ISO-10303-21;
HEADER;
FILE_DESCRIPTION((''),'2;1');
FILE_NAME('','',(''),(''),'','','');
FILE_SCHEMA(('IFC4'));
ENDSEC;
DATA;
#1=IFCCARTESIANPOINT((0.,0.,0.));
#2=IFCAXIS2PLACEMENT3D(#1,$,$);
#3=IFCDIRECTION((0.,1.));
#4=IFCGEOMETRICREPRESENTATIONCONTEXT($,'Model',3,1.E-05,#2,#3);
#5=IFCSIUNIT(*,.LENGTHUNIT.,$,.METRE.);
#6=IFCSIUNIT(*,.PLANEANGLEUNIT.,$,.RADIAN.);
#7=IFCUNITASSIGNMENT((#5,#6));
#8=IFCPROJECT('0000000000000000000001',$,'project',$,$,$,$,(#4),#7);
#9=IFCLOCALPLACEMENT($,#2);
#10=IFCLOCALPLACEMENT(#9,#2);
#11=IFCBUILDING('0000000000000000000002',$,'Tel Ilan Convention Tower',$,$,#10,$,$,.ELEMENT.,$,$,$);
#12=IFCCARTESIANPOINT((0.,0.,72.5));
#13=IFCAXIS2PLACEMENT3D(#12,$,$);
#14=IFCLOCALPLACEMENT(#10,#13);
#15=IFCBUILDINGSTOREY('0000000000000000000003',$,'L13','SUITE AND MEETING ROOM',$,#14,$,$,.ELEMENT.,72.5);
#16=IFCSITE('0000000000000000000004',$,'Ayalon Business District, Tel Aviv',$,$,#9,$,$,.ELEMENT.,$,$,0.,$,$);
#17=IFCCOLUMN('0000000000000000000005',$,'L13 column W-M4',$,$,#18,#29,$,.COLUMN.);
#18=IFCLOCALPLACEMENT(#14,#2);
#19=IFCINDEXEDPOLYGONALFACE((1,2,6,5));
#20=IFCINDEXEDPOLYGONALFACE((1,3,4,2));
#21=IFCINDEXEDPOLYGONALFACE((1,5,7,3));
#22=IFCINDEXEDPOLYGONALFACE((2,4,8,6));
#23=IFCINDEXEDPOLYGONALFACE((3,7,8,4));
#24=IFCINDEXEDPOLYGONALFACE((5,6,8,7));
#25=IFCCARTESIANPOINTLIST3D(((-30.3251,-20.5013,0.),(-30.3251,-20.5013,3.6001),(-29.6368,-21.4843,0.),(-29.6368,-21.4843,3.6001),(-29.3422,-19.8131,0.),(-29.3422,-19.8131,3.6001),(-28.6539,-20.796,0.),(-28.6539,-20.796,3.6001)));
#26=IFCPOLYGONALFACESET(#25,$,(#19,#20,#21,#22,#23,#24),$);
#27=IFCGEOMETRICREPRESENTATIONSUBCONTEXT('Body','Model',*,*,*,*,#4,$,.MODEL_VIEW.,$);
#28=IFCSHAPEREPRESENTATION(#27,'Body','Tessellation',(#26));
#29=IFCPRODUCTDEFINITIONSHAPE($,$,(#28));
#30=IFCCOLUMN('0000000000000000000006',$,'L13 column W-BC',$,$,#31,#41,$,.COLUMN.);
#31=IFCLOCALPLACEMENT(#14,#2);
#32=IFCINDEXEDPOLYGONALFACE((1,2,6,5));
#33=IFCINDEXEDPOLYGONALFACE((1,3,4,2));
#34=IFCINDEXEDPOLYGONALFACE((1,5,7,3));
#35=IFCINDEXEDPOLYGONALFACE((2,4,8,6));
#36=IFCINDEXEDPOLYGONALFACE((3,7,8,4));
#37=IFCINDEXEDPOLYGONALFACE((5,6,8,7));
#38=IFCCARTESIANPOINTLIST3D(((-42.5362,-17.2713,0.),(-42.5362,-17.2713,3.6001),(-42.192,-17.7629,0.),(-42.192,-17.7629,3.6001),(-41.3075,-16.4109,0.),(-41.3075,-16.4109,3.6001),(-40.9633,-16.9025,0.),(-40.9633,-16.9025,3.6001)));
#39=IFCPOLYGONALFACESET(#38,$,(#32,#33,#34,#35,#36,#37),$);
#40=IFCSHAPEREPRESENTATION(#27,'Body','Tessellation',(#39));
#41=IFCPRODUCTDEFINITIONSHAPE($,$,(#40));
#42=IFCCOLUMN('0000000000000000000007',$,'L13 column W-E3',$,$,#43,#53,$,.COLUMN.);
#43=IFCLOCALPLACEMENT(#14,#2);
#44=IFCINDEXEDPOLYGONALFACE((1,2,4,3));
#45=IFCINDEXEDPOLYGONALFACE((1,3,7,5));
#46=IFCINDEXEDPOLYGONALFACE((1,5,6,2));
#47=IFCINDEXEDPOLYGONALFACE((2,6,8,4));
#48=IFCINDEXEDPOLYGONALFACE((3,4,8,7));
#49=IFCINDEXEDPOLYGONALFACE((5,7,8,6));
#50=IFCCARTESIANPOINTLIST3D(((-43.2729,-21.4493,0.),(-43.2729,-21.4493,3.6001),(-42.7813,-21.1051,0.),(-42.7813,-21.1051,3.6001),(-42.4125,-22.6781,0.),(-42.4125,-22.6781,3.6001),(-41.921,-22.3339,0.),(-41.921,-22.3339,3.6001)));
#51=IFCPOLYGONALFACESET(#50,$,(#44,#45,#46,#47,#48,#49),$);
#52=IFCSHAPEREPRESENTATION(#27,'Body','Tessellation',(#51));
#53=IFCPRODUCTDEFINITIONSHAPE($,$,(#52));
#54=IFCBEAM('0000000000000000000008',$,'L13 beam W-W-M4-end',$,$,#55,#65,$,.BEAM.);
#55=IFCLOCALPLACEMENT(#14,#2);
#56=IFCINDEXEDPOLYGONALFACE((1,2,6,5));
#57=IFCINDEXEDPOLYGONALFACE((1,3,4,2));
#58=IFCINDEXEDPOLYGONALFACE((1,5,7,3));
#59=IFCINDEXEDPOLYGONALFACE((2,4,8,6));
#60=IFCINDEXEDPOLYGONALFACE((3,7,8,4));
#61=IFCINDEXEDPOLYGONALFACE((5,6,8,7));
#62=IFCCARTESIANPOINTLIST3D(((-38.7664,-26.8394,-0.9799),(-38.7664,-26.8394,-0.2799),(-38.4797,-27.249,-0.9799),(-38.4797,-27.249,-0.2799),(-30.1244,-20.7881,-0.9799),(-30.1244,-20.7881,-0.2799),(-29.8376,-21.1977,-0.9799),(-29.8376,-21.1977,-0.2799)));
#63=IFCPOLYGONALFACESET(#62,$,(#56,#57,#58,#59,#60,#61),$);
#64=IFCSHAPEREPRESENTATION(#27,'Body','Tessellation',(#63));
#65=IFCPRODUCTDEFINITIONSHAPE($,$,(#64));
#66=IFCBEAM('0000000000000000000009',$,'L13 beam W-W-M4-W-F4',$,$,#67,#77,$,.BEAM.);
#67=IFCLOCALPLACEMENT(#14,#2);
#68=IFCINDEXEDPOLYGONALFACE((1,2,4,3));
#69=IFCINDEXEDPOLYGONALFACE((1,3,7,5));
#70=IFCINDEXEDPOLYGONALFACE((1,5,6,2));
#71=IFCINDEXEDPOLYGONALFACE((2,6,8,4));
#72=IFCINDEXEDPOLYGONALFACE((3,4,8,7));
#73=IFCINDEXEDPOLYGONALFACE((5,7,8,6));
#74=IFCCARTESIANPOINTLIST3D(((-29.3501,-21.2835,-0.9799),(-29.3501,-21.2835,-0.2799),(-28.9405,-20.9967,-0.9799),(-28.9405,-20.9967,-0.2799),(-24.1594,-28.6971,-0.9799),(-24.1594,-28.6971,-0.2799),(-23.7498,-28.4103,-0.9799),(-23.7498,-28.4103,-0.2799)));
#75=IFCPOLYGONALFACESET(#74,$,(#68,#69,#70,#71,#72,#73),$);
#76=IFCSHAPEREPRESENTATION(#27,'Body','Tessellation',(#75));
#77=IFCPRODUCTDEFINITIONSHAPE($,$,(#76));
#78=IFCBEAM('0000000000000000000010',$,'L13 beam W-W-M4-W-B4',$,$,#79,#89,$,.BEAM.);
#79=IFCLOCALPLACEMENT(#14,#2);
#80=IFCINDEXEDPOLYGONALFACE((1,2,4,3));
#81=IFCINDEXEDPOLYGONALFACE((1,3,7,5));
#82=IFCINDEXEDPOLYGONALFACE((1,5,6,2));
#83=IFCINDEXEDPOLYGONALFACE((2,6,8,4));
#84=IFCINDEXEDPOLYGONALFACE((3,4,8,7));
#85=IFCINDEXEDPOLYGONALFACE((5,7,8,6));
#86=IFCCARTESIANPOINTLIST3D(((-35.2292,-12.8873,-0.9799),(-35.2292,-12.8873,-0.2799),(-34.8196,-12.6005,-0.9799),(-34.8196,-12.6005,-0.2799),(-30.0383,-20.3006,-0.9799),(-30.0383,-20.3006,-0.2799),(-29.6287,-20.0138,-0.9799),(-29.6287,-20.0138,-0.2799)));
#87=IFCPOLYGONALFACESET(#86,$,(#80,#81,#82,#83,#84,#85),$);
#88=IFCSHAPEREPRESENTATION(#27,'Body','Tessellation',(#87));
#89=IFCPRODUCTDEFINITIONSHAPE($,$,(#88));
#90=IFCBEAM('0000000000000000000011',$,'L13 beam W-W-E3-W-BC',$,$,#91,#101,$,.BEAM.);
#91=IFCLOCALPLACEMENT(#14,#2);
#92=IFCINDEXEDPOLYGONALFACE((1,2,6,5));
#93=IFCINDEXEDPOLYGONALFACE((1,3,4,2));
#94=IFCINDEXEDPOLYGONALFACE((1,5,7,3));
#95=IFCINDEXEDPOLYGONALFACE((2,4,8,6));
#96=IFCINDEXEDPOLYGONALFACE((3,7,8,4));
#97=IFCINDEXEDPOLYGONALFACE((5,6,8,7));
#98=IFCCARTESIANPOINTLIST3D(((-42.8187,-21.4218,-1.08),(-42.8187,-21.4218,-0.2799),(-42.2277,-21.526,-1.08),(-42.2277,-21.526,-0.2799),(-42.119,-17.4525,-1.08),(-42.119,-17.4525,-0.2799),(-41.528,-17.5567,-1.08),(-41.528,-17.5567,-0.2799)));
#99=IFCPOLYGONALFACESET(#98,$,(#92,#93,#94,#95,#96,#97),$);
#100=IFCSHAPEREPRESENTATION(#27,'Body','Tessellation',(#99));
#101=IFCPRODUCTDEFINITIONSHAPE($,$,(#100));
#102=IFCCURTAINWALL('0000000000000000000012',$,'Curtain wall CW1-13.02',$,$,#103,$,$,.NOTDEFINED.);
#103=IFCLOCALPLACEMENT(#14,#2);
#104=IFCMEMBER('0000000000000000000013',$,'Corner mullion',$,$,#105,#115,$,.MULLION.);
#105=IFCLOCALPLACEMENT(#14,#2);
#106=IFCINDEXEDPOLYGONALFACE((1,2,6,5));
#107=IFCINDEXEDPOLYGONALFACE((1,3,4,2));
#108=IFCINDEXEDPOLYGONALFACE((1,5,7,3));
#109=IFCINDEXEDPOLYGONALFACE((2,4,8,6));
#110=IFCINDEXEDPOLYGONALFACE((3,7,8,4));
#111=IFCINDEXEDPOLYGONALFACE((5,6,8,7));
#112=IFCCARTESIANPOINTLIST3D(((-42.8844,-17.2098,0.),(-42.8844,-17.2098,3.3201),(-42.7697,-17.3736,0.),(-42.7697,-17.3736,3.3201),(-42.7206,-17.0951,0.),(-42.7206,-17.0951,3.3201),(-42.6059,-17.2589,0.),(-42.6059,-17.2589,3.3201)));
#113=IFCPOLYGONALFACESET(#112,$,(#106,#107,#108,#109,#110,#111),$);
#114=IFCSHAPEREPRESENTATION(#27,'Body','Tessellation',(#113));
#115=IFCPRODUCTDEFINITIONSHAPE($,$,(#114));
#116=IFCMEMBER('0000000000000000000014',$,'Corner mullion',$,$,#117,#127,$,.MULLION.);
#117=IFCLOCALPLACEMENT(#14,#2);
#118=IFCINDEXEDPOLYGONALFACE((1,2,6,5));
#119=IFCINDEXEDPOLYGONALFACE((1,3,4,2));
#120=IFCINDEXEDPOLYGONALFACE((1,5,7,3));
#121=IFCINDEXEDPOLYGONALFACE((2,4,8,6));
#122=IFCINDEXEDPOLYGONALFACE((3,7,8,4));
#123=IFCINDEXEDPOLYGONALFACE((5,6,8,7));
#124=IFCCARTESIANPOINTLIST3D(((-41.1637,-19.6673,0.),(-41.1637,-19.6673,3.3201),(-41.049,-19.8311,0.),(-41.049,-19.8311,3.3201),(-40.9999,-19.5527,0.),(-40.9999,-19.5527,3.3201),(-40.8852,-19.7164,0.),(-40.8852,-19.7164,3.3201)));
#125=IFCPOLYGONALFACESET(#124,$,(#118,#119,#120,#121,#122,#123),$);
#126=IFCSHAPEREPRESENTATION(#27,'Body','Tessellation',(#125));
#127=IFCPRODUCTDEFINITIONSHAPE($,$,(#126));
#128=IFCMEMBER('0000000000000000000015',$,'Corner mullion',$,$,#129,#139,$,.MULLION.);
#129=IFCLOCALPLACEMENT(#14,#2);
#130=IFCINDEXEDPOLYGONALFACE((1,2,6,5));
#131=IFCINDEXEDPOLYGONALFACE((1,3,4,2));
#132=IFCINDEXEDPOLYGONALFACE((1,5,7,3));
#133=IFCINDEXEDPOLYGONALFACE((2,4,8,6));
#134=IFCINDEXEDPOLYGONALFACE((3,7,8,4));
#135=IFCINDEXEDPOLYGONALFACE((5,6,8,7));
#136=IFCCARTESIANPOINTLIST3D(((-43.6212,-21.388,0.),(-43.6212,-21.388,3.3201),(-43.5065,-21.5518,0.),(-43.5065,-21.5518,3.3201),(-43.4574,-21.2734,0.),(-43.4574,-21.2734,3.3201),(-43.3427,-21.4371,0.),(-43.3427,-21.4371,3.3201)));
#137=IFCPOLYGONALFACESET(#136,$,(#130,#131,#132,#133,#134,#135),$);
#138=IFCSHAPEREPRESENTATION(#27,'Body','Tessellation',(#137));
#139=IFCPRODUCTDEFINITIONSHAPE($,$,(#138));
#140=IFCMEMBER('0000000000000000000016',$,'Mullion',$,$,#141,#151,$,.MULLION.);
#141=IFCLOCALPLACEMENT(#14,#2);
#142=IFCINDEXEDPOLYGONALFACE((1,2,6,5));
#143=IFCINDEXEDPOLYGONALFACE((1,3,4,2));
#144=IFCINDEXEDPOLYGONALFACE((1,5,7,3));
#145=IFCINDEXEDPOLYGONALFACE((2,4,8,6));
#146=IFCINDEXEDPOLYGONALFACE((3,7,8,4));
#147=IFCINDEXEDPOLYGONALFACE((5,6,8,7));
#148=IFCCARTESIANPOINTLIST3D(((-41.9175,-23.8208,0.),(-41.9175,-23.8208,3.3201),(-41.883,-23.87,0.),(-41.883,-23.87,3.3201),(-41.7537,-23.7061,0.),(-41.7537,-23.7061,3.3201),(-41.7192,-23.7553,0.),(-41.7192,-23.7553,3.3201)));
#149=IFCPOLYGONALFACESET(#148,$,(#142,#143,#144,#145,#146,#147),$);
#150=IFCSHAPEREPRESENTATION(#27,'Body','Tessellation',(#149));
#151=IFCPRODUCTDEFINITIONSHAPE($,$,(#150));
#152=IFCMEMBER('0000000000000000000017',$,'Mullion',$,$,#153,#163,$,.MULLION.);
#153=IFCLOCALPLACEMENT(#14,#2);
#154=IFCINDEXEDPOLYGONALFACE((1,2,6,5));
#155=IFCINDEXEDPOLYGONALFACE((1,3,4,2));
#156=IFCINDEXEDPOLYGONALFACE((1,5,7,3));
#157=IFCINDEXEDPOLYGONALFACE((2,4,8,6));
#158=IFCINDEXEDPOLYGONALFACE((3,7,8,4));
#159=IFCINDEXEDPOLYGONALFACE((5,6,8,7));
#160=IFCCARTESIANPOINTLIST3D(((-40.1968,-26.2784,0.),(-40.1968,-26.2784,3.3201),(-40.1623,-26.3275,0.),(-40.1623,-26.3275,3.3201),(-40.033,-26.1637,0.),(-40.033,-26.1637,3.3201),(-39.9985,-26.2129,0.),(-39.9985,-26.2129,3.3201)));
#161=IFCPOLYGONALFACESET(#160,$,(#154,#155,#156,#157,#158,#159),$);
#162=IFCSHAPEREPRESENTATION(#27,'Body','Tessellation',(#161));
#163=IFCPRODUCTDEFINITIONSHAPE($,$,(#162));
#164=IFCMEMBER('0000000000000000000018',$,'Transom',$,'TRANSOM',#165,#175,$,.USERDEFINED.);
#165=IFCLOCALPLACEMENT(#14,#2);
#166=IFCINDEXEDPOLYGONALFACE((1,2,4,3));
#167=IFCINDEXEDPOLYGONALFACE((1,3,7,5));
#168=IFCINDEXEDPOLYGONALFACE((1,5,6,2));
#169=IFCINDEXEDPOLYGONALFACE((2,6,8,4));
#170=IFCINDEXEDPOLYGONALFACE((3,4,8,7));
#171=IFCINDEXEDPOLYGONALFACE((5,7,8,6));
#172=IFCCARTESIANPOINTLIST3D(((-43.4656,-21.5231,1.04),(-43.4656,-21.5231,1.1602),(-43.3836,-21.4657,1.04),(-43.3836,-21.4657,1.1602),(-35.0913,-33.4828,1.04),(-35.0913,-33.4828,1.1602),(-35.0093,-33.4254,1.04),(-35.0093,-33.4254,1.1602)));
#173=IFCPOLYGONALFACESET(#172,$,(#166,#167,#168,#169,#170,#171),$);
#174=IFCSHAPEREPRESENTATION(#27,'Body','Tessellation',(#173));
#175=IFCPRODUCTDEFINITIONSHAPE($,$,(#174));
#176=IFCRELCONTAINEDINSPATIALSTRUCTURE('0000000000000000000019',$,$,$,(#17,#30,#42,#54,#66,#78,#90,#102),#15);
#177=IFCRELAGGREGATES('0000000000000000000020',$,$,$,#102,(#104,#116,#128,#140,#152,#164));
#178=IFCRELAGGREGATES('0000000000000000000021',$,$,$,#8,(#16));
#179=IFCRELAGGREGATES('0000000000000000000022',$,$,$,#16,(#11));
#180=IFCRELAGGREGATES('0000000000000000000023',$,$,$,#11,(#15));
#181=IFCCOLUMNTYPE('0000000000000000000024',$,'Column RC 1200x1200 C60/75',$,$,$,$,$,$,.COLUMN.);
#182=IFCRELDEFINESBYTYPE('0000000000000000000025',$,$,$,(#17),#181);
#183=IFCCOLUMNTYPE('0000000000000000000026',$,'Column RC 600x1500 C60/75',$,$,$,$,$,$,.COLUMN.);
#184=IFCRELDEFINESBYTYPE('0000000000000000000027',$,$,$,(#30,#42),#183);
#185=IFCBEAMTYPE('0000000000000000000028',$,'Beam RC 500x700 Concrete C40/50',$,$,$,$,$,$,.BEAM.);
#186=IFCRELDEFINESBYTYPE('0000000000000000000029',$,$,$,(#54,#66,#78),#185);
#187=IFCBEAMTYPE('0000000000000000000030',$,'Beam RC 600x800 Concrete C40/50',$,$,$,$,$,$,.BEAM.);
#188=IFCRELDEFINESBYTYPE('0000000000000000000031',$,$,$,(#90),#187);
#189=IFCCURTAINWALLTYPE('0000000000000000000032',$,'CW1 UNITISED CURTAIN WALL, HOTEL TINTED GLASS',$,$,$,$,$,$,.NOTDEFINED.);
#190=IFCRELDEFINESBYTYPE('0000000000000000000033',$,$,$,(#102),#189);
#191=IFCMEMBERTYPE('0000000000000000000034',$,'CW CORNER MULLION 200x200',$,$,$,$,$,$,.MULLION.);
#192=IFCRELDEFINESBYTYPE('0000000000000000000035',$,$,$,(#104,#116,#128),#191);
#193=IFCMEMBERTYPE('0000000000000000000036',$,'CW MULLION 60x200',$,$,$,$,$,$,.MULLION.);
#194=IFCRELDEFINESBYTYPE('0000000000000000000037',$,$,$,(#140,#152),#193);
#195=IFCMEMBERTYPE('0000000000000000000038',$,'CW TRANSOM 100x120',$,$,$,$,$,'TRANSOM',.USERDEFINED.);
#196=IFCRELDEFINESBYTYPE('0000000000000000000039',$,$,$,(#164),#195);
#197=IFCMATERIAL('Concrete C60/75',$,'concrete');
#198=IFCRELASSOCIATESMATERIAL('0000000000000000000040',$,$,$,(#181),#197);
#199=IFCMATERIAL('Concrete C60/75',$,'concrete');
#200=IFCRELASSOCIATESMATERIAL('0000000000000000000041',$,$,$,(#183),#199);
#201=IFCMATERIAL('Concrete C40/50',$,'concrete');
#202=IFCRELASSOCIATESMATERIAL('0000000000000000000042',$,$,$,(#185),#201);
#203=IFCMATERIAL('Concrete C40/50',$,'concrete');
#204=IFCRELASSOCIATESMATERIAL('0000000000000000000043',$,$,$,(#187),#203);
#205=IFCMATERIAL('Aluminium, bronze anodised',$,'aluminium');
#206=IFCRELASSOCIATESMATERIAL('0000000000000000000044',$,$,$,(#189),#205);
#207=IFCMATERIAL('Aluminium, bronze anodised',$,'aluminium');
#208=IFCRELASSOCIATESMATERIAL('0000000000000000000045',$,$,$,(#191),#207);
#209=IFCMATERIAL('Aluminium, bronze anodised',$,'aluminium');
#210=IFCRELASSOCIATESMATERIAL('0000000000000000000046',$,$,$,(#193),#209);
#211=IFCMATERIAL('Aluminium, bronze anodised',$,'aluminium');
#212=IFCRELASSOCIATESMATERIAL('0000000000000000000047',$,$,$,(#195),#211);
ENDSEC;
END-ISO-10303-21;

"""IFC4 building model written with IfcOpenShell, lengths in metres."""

from ifc_helpers import new_model, si_unit, direction, frame, origin, origin_2d, place, context, subcontext, project, spatial, rectangle, extrude, material, material_profile, profile_set, type_object, element, aggregate, save


model = new_model("IFC4")

# Units and contexts
model_context = context("Model", 3, precision=1e-05, world=origin(), true_north=direction((0.0, 1.0)))
body_context = subcontext(model_context, "Body", "Model", "MODEL_VIEW")
ifc_project = project(units=[si_unit("LENGTHUNIT", "METRE"), si_unit("PLANEANGLEUNIT", "RADIAN")], contexts=[model_context])

# Site, building, storey
site_placement = place(None, origin())
site = spatial("IfcSite", under=ifc_project, at=site_placement, Name="Ayalon Business District, Tel Aviv", CompositionType="ELEMENT", RefElevation=0.0)
building_placement = place(site_placement, origin())
building = spatial("IfcBuilding", under=site, at=building_placement, Name="Tel Ilan Convention Tower", CompositionType="ELEMENT")
storey_placement = place(building_placement, frame((0.0, 0.0, 72.5)))
storey = spatial("IfcBuildingStorey", under=building, at=storey_placement, Name="L13", Description="SUITE AND MEETING ROOM", CompositionType="ELEMENT", Elevation=72.5)

# Columns
ifc_material_1 = material(Name="Concrete C60/75", Category="concrete")
ifc_material_profile_1 = material_profile(ifc_material_1, rectangle(XDim=1.2, YDim=1.2, at=origin_2d()), Name="RC 1200x1200")
ifc_profile_set_1 = profile_set([ifc_material_profile_1], Name="Concrete C60/75")
column_type_1 = type_object("IfcColumnType", Name="Column RC 1200x1200 C60/75", PredefinedType="COLUMN", material=ifc_profile_set_1)
column_placement = place(storey_placement, frame((-29.4895, -20.6487, 0.0), z_axis=(0.0, 0.0, 1.0), x_axis=(-0.819152, -0.573576, 0.0)))
element("IfcColumn", 1, at=column_placement, inside=storey, type_object=column_type_1, Name="L13 column W-M4", PredefinedType="COLUMN", context=body_context, shape_type="SweptSolid", body=[
    extrude(rectangle(XDim=1.2, YDim=1.2, at=origin_2d()), origin(), (0.0, 0.0, 1.0), 3.6001),
])
ifc_material_2 = material(Name="Concrete C60/75", Category="concrete")
ifc_material_profile_2 = material_profile(ifc_material_2, rectangle(XDim=1.5, YDim=0.6001, at=origin_2d()), Name="RC 600x1500")
ifc_profile_set_2 = profile_set([ifc_material_profile_2], Name="Concrete C60/75")
column_type_2 = type_object("IfcColumnType", Name="Column RC 600x1500 C60/75", PredefinedType="COLUMN", material=ifc_profile_set_2)
for number, where, z_axis, x_axis, name in (
    (2, (-41.7498, -17.0869, 0.0), (0.0, 0.0, 1.0), (-0.819152, -0.573576, 0.0), "L13 column W-BC"),
    (3, (-42.5969, -21.8916, 0.0), (0.0, 0.0, 1.0), (-0.573576, 0.819152, 0.0), "L13 column W-E3"),
):
    element("IfcColumn", number, at=place(storey_placement, frame(where, z_axis=z_axis, x_axis=x_axis)), inside=storey, type_object=column_type_2, Name=name, PredefinedType="COLUMN", context=body_context, shape_type="SweptSolid", body=[
        extrude(rectangle(XDim=1.5, YDim=0.6001, at=origin_2d()), origin(), (0.0, 0.0, 1.0), 3.6001),
    ])

# Beams
ifc_material_3 = material(Name="Concrete C40/50", Category="concrete")
ifc_material_profile_3 = material_profile(ifc_material_3, rectangle(XDim=0.5, YDim=0.7, at=origin_2d()), Name="RC 500x700")
ifc_profile_set_3 = profile_set([ifc_material_profile_3], Name="Concrete C40/50")
beam_type_1 = type_object("IfcBeamType", Name="Beam RC 500x700 Concrete C40/50", PredefinedType="BEAM", material=ifc_profile_set_3)
beam_1_placement = place(storey_placement, frame((-29.981, -20.9929, -0.6299), z_axis=(-0.819151, -0.573577, 0.0), x_axis=(0.573577, -0.819151, 0.0)))
element("IfcBeam", 4, at=beam_1_placement, inside=storey, type_object=beam_type_1, Name="L13 beam W-W-M4-end", PredefinedType="BEAM", context=body_context, shape_type="SweptSolid", body=[
    extrude(rectangle(XDim=0.5, YDim=0.7, at=origin_2d()), origin(), (0.0, 0.0, 1.0), 10.55),
])
for number, where, z_axis, x_axis, name in (
    (5, (-29.1453, -21.1401, -0.6299), (0.573549, -0.819171, 0.0), (0.819171, 0.573549, 0.0), "L13 beam W-W-M4-W-F4"),
    (6, (-29.8335, -20.1572, -0.6299), (-0.57358, 0.81915, 0.0), (-0.81915, -0.57358, 0.0), "L13 beam W-W-M4-W-B4"),
):
    element("IfcBeam", number, at=place(storey_placement, frame(where, z_axis=z_axis, x_axis=x_axis)), inside=storey, type_object=beam_type_1, Name=name, PredefinedType="BEAM", context=body_context, shape_type="SweptSolid", body=[
        extrude(rectangle(XDim=0.5, YDim=0.7, at=origin_2d()), origin(), (0.0, 0.0, 1.0), 9.05),
    ])
ifc_material_4 = material(Name="Concrete C40/50", Category="concrete")
ifc_material_profile_4 = material_profile(ifc_material_4, rectangle(XDim=0.6001, YDim=0.8, at=origin_2d()), Name="RC 600x800")
ifc_profile_set_4 = profile_set([ifc_material_profile_4], Name="Concrete C40/50")
beam_type_2 = type_object("IfcBeamType", Name="Beam RC 600x800 Concrete C40/50", PredefinedType="BEAM", material=ifc_profile_set_4)
beam_2_placement = place(storey_placement, frame((-42.5232, -21.4739, -0.6799), z_axis=(0.173606, 0.984815, 0.0), x_axis=(-0.984815, 0.173606, 0.0)))
element("IfcBeam", 7, at=beam_2_placement, inside=storey, type_object=beam_type_2, Name="L13 beam W-W-E3-W-BC", PredefinedType="BEAM", context=body_context, shape_type="SweptSolid", body=[
    extrude(rectangle(XDim=0.6001, YDim=0.8, at=origin_2d()), origin(), (0.0, 0.0, 1.0), 4.0305),
])

# Curtain wall, members
ifc_material_5 = material(Name="Aluminium, bronze anodised", Category="aluminium")
curtain_wall_type = type_object("IfcCurtainWallType", Name="CW1 UNITISED CURTAIN WALL, HOTEL TINTED GLASS", PredefinedType="NOTDEFINED", material=ifc_material_5)
curtain_wall_placement = place(storey_placement, origin())
curtain_wall = element("IfcCurtainWall", 8, at=curtain_wall_placement, inside=storey, type_object=curtain_wall_type, Name="Curtain wall CW1-13.02", PredefinedType="NOTDEFINED")
ifc_material_6 = material(Name="Aluminium, bronze anodised", Category="aluminium")
ifc_material_profile_5 = material_profile(ifc_material_6, rectangle(XDim=0.2, YDim=0.2, at=origin_2d()), Name="CW CORNER MULLION 200x200")
ifc_profile_set_5 = profile_set([ifc_material_profile_5], Name="Aluminium, bronze anodised")
member_type_1 = type_object("IfcMemberType", Name="CW CORNER MULLION 200x200", PredefinedType="MULLION", material=ifc_profile_set_5)
member_1_placement = place(storey_placement, frame((-42.7451, -17.2344, 0.0), z_axis=(0.0, 0.0, 1.0), x_axis=(-0.819152, -0.573576, 0.0)))
member_1 = element("IfcMember", 9, at=member_1_placement, type_object=member_type_1, Name="Corner mullion", PredefinedType="MULLION", context=body_context, shape_type="SweptSolid", body=[
    extrude(rectangle(XDim=0.2, YDim=0.2, at=origin_2d()), origin(), (0.0, 0.0, 1.0), 3.3201),
])
member_2_placement = place(storey_placement, frame((-41.0244, -19.6919, 0.0), z_axis=(0.0, 0.0, 1.0), x_axis=(0.573576, -0.819152, 0.0)))
member_2 = element("IfcMember", 10, at=member_2_placement, type_object=member_type_1, Name="Corner mullion", PredefinedType="MULLION", context=body_context, shape_type="SweptSolid", body=[
    extrude(rectangle(XDim=0.2, YDim=0.2, at=origin_2d()), origin(), (0.0, 0.0, 1.0), 3.3201),
])
member_3_placement = place(storey_placement, frame((-43.4819, -21.4126, 0.0), z_axis=(0.0, 0.0, 1.0), x_axis=(-0.819152, -0.573576, 0.0)))
member_3 = element("IfcMember", 11, at=member_3_placement, type_object=member_type_1, Name="Corner mullion", PredefinedType="MULLION", context=body_context, shape_type="SweptSolid", body=[
    extrude(rectangle(XDim=0.2, YDim=0.2, at=origin_2d()), origin(), (0.0, 0.0, 1.0), 3.3201),
])
ifc_material_7 = material(Name="Aluminium, bronze anodised", Category="aluminium")
ifc_material_profile_6 = material_profile(ifc_material_7, rectangle(XDim=0.0601, YDim=0.2, at=origin_2d()), Name="CW MULLION 60x200")
ifc_profile_set_6 = profile_set([ifc_material_profile_6], Name="Aluminium, bronze anodised")
member_type_2 = type_object("IfcMemberType", Name="CW MULLION 60x200", PredefinedType="MULLION", material=ifc_profile_set_6)
member_4_placement = place(storey_placement, frame((-41.8184, -23.7881, 0.0), z_axis=(0.0, 0.0, 1.0), x_axis=(0.573576, -0.819152, 0.0)))
member_4 = element("IfcMember", 12, at=member_4_placement, type_object=member_type_2, Name="Mullion", PredefinedType="MULLION", context=body_context, shape_type="SweptSolid", body=[
    extrude(rectangle(XDim=0.0601, YDim=0.2, at=origin_2d()), origin(), (0.0, 0.0, 1.0), 3.3201),
])
member_5_placement = place(storey_placement, frame((-40.0977, -26.2456, 0.0), z_axis=(0.0, 0.0, 1.0), x_axis=(0.573576, -0.819152, 0.0)))
member_5 = element("IfcMember", 13, at=member_5_placement, type_object=member_type_2, Name="Mullion", PredefinedType="MULLION", context=body_context, shape_type="SweptSolid", body=[
    extrude(rectangle(XDim=0.0601, YDim=0.2, at=origin_2d()), origin(), (0.0, 0.0, 1.0), 3.3201),
])
ifc_material_8 = material(Name="Aluminium, bronze anodised", Category="aluminium")
ifc_material_profile_7 = material_profile(ifc_material_8, rectangle(XDim=0.1001, YDim=0.1201, at=origin_2d()), Name="CW TRANSOM 100x120")
ifc_profile_set_7 = profile_set([ifc_material_profile_7], Name="Aluminium, bronze anodised")
member_type_3 = type_object("IfcMemberType", Name="CW TRANSOM 100x120", ElementType="TRANSOM", PredefinedType="USERDEFINED", material=ifc_profile_set_7)
member_6_placement = place(storey_placement, frame((-43.4246, -21.4944, 1.1001), z_axis=(0.573576, -0.819153, 0.0), x_axis=(0.819153, 0.573576, 0.0)))
member_6 = element("IfcMember", 14, at=member_6_placement, type_object=member_type_3, Name="Transom", ObjectType="TRANSOM", PredefinedType="USERDEFINED", context=body_context, shape_type="SweptSolid", body=[
    extrude(rectangle(XDim=0.1001, YDim=0.1201, at=origin_2d()), origin(), (0.0, 0.0, 1.0), 14.6001),
])
aggregate(curtain_wall, [member_1, member_2, member_3, member_4, member_5, member_6])

save(model, "model.ifc")
